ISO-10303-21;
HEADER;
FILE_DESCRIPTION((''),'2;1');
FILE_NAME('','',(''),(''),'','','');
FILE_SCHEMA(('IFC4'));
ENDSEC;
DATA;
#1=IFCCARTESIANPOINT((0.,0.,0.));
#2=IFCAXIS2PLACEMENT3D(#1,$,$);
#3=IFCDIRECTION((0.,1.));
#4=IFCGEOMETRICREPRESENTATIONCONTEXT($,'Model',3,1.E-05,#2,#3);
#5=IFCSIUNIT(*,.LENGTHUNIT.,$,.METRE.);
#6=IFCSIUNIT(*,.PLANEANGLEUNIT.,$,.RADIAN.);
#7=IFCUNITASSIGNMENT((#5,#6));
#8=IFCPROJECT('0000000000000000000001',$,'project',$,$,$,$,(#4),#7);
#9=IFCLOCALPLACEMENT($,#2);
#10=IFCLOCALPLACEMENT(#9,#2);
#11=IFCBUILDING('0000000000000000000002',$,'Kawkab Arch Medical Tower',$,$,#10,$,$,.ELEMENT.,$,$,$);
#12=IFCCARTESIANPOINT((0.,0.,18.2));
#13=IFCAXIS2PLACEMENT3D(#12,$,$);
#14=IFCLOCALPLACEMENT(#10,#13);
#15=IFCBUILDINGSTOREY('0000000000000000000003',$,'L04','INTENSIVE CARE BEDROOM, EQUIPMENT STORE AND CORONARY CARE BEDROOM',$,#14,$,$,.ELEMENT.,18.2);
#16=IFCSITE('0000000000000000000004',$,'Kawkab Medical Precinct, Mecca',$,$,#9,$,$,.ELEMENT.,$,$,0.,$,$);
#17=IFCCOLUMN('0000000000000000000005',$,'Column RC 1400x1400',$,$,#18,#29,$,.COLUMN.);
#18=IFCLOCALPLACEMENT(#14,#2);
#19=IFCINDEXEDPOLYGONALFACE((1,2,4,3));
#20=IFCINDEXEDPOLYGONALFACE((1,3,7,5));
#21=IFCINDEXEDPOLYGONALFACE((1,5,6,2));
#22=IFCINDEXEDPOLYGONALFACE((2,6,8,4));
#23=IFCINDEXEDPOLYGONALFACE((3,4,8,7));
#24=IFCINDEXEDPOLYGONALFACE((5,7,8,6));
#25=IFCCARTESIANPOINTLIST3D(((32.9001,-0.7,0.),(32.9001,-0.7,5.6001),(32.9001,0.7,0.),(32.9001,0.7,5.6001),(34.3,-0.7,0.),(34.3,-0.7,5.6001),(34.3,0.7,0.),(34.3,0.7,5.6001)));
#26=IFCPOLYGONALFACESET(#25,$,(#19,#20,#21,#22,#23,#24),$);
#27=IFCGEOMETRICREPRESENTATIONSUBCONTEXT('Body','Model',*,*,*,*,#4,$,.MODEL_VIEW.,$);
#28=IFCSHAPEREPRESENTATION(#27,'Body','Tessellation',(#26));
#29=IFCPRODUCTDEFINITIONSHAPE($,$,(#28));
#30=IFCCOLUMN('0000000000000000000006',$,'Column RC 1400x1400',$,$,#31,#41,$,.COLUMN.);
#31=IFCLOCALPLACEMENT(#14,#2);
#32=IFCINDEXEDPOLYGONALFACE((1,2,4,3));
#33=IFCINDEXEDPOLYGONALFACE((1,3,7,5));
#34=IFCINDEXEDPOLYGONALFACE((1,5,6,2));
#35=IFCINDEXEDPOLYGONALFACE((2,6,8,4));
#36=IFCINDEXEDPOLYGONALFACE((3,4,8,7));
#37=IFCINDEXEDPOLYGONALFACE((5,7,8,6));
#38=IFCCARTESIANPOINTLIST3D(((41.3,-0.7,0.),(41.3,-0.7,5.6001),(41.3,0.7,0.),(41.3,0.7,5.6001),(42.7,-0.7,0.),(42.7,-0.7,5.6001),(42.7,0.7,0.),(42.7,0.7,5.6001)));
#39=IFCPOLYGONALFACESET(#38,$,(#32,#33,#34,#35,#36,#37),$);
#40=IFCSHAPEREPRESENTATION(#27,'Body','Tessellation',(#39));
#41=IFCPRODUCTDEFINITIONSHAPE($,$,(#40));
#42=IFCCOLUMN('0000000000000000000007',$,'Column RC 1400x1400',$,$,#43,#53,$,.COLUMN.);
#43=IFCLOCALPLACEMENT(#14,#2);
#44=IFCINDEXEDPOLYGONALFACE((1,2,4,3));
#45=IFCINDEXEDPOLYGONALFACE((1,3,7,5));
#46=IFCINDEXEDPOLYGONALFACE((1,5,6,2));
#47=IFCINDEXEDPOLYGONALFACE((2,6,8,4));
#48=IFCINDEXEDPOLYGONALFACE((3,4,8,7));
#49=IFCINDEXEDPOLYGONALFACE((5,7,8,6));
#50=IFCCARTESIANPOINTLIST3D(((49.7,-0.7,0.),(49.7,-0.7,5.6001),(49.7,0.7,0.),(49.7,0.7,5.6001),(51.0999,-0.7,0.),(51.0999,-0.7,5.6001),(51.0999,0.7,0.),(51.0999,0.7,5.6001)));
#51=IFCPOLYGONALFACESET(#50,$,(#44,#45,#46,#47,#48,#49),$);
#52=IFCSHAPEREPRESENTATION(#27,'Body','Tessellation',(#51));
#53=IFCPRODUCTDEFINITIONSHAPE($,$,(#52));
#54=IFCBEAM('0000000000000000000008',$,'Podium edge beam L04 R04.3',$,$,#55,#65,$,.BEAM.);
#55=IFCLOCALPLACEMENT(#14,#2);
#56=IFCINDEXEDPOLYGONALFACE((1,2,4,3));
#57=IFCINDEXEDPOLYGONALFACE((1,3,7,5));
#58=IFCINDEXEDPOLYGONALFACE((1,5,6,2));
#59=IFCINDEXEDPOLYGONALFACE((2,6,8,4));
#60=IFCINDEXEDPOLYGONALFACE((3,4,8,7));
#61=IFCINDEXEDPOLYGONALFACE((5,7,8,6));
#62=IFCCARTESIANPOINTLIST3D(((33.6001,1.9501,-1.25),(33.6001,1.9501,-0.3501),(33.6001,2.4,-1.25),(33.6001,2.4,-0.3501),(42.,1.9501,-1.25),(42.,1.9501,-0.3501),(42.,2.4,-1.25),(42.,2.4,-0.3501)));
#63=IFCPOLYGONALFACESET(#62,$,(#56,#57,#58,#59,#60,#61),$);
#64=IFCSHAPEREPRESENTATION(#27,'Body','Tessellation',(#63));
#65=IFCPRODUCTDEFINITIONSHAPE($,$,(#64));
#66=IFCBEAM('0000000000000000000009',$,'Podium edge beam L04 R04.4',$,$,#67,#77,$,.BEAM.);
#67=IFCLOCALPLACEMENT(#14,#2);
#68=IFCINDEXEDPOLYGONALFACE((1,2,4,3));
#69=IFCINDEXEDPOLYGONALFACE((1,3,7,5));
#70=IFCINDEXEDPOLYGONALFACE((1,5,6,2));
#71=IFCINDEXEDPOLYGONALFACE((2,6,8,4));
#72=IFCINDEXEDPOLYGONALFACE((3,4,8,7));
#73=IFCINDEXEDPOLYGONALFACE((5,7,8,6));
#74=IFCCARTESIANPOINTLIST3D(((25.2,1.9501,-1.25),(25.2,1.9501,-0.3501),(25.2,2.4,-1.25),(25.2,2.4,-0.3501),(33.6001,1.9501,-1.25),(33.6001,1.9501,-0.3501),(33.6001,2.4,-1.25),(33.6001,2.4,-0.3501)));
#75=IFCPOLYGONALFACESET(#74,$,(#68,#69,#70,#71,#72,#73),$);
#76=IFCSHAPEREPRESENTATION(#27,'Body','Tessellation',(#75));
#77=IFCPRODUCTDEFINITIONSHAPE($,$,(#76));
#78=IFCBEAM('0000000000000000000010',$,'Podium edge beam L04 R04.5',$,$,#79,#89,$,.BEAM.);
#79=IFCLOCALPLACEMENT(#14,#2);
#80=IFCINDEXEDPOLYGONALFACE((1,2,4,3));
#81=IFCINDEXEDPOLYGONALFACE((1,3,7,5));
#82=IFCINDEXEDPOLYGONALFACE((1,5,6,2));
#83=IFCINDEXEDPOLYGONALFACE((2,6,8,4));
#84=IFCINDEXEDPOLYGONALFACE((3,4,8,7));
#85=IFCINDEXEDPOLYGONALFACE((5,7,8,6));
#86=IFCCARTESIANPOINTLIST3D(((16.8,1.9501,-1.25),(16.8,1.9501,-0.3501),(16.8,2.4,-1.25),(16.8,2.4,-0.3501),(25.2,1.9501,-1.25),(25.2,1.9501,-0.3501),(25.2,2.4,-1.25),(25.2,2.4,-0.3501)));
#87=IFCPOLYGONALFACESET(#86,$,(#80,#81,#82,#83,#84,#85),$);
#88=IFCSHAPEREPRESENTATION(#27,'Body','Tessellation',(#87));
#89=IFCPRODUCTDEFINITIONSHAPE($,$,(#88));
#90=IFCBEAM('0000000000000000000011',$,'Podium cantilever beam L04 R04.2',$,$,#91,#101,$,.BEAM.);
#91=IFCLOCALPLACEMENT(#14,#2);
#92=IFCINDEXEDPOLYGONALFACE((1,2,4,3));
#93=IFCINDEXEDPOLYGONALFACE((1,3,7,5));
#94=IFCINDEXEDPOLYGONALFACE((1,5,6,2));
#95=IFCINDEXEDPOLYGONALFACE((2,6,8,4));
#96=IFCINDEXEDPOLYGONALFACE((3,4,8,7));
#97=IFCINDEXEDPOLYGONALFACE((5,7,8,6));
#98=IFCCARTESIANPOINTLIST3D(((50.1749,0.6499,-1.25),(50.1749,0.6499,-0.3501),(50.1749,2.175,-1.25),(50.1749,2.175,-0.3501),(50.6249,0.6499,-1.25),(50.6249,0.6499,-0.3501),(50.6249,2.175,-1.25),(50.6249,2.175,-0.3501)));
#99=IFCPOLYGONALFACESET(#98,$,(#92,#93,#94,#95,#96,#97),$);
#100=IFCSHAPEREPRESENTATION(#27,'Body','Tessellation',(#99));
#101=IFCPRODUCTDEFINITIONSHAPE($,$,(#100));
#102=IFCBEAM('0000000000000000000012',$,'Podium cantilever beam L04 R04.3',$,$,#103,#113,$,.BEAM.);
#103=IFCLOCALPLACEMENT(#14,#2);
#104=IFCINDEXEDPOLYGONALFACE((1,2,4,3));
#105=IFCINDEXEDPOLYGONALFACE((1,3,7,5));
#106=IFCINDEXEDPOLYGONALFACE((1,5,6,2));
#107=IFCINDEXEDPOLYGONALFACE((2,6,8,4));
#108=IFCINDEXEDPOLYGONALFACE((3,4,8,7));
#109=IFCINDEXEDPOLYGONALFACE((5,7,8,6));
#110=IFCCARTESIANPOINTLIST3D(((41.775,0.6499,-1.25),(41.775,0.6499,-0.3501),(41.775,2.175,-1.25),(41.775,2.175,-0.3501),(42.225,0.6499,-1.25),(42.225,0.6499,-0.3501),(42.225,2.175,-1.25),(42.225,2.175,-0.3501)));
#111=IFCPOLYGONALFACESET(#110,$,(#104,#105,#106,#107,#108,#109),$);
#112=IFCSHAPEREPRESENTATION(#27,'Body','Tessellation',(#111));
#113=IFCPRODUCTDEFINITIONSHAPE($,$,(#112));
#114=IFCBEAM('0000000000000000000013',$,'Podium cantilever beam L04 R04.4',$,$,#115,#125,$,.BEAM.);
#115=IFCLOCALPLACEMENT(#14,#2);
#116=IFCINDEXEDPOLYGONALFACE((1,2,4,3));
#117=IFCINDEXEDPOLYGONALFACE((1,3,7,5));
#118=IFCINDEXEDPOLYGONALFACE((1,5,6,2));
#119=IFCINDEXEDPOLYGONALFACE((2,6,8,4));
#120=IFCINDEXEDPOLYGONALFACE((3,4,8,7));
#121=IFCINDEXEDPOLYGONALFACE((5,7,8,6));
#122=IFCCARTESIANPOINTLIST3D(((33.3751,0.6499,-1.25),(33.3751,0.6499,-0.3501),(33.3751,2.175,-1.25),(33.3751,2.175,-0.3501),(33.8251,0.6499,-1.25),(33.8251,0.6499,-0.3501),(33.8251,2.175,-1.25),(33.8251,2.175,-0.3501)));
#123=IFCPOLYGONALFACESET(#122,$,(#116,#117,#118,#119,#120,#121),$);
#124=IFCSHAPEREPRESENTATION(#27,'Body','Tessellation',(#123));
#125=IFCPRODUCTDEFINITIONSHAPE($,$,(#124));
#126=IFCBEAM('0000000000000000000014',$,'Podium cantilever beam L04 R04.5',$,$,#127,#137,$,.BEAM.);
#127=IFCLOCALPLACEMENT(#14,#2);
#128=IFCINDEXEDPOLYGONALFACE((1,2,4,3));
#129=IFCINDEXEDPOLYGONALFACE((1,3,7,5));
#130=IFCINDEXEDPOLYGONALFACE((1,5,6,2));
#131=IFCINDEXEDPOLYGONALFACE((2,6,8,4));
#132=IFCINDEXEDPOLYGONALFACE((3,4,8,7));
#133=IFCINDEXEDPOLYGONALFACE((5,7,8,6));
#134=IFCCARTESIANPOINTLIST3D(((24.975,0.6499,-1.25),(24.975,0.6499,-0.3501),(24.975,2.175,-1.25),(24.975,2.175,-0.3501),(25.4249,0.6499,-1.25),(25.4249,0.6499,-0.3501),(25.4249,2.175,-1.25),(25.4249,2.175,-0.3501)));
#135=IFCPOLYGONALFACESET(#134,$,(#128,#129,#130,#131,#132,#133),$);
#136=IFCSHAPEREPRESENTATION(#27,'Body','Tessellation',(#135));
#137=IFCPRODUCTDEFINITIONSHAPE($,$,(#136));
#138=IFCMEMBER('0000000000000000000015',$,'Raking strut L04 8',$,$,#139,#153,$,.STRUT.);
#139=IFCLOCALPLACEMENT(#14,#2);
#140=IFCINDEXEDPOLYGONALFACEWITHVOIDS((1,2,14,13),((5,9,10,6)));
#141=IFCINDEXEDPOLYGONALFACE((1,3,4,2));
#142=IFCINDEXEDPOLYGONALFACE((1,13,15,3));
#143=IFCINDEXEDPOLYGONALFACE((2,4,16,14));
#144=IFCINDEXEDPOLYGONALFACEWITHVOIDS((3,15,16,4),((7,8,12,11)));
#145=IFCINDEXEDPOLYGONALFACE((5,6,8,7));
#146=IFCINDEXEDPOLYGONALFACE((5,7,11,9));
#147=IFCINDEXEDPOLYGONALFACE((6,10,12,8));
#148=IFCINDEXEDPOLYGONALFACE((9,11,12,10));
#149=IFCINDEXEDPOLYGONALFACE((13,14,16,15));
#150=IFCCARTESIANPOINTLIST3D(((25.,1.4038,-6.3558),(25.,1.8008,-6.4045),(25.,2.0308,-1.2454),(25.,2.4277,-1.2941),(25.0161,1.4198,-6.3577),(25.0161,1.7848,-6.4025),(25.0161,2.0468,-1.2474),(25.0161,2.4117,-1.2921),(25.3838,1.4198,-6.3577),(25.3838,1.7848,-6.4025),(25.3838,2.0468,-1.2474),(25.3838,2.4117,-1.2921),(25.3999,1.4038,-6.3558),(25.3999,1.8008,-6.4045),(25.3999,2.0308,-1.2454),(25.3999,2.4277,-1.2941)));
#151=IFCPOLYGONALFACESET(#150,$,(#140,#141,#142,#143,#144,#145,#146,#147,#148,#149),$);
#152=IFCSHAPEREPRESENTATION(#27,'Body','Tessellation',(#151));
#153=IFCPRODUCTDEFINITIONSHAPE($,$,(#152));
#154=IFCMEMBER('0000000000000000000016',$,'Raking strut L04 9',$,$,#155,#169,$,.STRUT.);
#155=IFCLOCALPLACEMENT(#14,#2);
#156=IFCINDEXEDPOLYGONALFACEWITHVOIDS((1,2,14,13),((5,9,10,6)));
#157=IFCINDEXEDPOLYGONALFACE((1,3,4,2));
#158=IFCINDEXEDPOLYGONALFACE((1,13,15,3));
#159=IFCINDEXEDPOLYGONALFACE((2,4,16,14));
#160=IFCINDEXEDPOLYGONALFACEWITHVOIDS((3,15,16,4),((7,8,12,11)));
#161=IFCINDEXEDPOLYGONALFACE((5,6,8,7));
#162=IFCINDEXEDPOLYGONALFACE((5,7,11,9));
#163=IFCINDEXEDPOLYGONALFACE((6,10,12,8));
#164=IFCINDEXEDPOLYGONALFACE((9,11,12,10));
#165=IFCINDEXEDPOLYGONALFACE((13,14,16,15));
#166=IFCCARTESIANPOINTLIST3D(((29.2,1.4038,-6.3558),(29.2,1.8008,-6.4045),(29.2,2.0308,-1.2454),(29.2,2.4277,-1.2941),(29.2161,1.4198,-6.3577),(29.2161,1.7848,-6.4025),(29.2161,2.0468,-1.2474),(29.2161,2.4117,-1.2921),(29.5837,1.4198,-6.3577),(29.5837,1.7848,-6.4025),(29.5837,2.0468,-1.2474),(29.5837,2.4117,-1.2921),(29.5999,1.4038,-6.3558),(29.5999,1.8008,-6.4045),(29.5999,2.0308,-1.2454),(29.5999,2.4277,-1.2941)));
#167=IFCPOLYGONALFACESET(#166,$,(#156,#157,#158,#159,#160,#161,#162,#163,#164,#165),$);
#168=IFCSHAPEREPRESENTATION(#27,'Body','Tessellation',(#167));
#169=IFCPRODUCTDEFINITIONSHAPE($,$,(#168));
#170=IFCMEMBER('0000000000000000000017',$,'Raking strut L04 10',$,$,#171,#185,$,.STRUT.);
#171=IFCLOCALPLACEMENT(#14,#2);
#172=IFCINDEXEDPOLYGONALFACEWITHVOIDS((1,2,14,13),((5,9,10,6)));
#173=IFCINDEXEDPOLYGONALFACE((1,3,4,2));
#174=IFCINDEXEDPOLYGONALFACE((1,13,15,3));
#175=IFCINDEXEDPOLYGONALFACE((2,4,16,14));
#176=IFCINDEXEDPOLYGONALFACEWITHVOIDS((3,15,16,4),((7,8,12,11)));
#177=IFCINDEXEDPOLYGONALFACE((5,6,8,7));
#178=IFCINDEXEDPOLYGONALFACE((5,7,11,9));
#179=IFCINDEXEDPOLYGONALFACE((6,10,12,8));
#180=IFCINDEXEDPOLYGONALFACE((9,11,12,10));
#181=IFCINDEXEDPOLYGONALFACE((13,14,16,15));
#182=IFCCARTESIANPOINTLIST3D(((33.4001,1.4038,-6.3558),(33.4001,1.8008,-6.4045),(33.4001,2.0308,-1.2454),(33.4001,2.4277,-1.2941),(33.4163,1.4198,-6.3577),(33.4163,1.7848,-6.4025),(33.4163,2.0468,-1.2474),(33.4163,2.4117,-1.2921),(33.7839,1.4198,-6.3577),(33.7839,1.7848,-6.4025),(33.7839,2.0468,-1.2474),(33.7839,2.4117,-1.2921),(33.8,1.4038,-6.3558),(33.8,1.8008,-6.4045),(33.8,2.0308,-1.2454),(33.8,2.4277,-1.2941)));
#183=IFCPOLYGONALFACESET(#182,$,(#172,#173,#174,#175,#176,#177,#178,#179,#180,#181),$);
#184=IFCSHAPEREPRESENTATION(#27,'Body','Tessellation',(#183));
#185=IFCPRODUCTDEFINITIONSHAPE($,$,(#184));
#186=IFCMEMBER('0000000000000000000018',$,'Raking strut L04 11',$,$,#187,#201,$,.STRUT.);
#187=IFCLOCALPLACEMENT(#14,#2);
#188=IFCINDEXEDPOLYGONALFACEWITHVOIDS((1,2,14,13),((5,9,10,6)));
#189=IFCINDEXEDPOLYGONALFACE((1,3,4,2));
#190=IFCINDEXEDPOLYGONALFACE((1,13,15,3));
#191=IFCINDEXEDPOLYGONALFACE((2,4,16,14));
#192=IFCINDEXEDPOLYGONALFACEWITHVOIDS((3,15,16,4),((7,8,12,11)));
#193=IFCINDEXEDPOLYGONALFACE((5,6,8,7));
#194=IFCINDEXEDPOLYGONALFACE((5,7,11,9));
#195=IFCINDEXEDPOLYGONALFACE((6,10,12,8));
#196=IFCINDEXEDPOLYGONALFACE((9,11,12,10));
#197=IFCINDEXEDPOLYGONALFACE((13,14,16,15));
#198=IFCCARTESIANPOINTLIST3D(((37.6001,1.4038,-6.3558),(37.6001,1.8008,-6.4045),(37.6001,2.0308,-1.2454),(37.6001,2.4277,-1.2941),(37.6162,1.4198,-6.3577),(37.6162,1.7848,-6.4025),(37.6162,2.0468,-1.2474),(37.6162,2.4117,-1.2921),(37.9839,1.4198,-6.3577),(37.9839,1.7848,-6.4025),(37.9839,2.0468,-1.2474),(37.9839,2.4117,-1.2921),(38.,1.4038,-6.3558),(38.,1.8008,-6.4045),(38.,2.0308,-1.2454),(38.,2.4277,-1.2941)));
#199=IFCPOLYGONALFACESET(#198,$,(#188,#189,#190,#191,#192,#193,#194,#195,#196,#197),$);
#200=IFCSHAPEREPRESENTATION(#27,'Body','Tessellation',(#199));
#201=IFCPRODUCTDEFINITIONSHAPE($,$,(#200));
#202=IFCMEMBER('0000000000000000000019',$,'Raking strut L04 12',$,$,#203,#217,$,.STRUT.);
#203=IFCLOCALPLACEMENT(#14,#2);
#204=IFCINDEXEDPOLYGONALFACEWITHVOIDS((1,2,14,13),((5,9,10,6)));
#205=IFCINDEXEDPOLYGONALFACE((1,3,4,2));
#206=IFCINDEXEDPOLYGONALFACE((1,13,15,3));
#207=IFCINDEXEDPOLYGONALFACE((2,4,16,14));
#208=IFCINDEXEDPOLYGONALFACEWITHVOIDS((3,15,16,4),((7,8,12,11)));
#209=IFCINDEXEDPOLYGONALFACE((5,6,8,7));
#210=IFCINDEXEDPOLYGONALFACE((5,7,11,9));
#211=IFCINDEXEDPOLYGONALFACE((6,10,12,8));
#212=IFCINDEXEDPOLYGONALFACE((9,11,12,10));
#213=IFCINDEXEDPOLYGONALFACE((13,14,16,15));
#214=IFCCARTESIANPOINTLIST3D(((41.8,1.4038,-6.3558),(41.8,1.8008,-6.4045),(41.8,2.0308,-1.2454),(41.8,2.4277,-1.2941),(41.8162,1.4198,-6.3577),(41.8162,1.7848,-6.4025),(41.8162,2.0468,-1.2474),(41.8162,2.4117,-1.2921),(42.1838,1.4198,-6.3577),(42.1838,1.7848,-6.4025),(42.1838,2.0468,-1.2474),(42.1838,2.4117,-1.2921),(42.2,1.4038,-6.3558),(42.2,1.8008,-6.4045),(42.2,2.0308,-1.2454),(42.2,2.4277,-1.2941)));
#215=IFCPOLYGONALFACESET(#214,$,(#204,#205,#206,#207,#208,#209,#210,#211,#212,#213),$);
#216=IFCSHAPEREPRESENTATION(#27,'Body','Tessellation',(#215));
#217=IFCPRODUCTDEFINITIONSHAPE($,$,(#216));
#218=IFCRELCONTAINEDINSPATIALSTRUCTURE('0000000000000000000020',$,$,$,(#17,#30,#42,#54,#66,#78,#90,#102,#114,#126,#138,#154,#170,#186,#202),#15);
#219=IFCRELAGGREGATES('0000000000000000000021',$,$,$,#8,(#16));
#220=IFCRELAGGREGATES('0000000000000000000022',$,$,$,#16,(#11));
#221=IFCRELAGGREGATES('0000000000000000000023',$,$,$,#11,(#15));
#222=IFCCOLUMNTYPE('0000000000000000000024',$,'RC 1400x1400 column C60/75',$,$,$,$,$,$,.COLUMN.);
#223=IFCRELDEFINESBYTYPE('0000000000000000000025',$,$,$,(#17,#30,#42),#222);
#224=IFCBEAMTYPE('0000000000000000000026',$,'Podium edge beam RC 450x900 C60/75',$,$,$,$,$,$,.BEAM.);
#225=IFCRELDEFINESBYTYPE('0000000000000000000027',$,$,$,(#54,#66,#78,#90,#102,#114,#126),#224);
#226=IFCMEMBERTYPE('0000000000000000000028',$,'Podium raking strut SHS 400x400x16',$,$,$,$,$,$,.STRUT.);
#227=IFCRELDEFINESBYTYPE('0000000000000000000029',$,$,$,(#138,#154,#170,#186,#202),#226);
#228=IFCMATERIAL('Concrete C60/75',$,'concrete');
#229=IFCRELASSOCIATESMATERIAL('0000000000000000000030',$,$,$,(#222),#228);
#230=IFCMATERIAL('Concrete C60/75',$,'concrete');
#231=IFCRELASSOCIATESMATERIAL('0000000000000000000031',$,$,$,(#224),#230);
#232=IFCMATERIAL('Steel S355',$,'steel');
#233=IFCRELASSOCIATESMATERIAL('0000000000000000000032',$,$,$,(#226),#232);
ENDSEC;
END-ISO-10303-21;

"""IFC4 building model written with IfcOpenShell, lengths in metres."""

from ifc_helpers import new_model, si_unit, direction, frame, origin, origin_2d, place, context, subcontext, project, spatial, rectangle, hollow_rectangle, extrude, material, material_profile, profile_set, type_object, element, save


model = new_model("IFC4")

# Units and contexts
model_context = context("Model", 3, precision=1e-05, world=origin(), true_north=direction((0.0, 1.0)))
body_context = subcontext(model_context, "Body", "Model", "MODEL_VIEW")
ifc_project = project(units=[si_unit("LENGTHUNIT", "METRE"), si_unit("PLANEANGLEUNIT", "RADIAN")], contexts=[model_context])

# Site, building, storey
site_placement = place(None, origin())
site = spatial("IfcSite", under=ifc_project, at=site_placement, Name="Kawkab Medical Precinct, Mecca", CompositionType="ELEMENT", RefElevation=0.0)
building_placement = place(site_placement, origin())
building = spatial("IfcBuilding", under=site, at=building_placement, Name="Kawkab Arch Medical Tower", CompositionType="ELEMENT")
storey_placement = place(building_placement, frame((0.0, 0.0, 18.2)))
storey = spatial("IfcBuildingStorey", under=building, at=storey_placement, Name="L04", Description="INTENSIVE CARE BEDROOM, EQUIPMENT STORE AND CORONARY CARE BEDROOM", CompositionType="ELEMENT", Elevation=18.2)

# Columns
ifc_material_1 = material(Name="Concrete C60/75", Category="concrete")
ifc_material_profile_1 = material_profile(ifc_material_1, rectangle(XDim=1.3999, YDim=1.3999, at=origin_2d()), Name="RC 1400x1400")
ifc_profile_set_1 = profile_set([ifc_material_profile_1], Name="Concrete C60/75")
column_type = type_object("IfcColumnType", Name="RC 1400x1400 column C60/75", PredefinedType="COLUMN", material=ifc_profile_set_1)
for number, where, z_axis, x_axis, name in (
    (1, (33.6001, 0.0, 0.0), (0.0, 0.0, 1.0), (1.0, 0.0, 0.0), "Column RC 1400x1400"),
    (2, (42.0, 0.0, 0.0), (0.0, 0.0, 1.0), (1.0, 0.0, 0.0), "Column RC 1400x1400"),
    (3, (50.3999, 0.0, 0.0), (0.0, 0.0, 1.0), (1.0, 0.0, 0.0), "Column RC 1400x1400"),
):
    element("IfcColumn", number, at=place(storey_placement, frame(where, z_axis=z_axis, x_axis=x_axis)), inside=storey, type_object=column_type, Name=name, PredefinedType="COLUMN", context=body_context, shape_type="SweptSolid", body=[
        extrude(rectangle(XDim=1.3999, YDim=1.3999, at=origin_2d()), origin(), (0.0, 0.0, 1.0), 5.6001),
    ])

# Beams
ifc_material_2 = material(Name="Concrete C60/75", Category="concrete")
ifc_material_profile_2 = material_profile(ifc_material_2, rectangle(XDim=0.45, YDim=0.8999, at=origin_2d()), Name="RC 450x900")
ifc_profile_set_2 = profile_set([ifc_material_profile_2], Name="Concrete C60/75")
beam_type_1 = type_object("IfcBeamType", Name="Podium edge beam RC 450x900 C60/75", PredefinedType="BEAM", material=ifc_profile_set_2)
beam_1_placement = place(storey_placement, frame((42.0, 2.175, -0.8), z_axis=(-1.0, 0.0, 0.0), x_axis=(0.0, -1.0, 0.0)))
element("IfcBeam", 4, at=beam_1_placement, inside=storey, type_object=beam_type_1, Name="Podium edge beam L04 R04.3", PredefinedType="BEAM", context=body_context, shape_type="SweptSolid", body=[
    extrude(rectangle(XDim=0.45, YDim=0.8999, at=origin_2d()), origin(), (0.0, 0.0, 1.0), 8.3999),
])
beam_2_placement = place(storey_placement, frame((33.6001, 2.175, -0.8), z_axis=(-1.0, 0.0, 0.0), x_axis=(0.0, -1.0, 0.0)))
element("IfcBeam", 5, at=beam_2_placement, inside=storey, type_object=beam_type_1, Name="Podium edge beam L04 R04.4", PredefinedType="BEAM", context=body_context, shape_type="SweptSolid", body=[
    extrude(rectangle(XDim=0.45, YDim=0.8999, at=origin_2d()), origin(), (0.0, 0.0, 1.0), 8.4001),
])
beam_3_placement = place(storey_placement, frame((25.2, 2.175, -0.8), z_axis=(-1.0, 0.0, 0.0), x_axis=(0.0, -1.0, 0.0)))
element("IfcBeam", 6, at=beam_3_placement, inside=storey, type_object=beam_type_1, Name="Podium edge beam L04 R04.5", PredefinedType="BEAM", context=body_context, shape_type="SweptSolid", body=[
    extrude(rectangle(XDim=0.45, YDim=0.8999, at=origin_2d()), origin(), (0.0, 0.0, 1.0), 8.3999),
])
for number, where, z_axis, x_axis, name in (
    (7, (50.3999, 0.6499, -0.8), (0.0, 1.0, 0.0), (-1.0, 0.0, 0.0), "Podium cantilever beam L04 R04.2"),
    (8, (42.0, 0.6499, -0.8), (0.0, 1.0, 0.0), (-1.0, 0.0, 0.0), "Podium cantilever beam L04 R04.3"),
    (9, (33.6001, 0.6499, -0.8), (0.0, 1.0, 0.0), (-1.0, 0.0, 0.0), "Podium cantilever beam L04 R04.4"),
    (10, (25.2, 0.6499, -0.8), (0.0, 1.0, 0.0), (-1.0, 0.0, 0.0), "Podium cantilever beam L04 R04.5"),
):
    element("IfcBeam", number, at=place(storey_placement, frame(where, z_axis=z_axis, x_axis=x_axis)), inside=storey, type_object=beam_type_1, Name=name, PredefinedType="BEAM", context=body_context, shape_type="SweptSolid", body=[
        extrude(rectangle(XDim=0.45, YDim=0.8999, at=origin_2d()), origin(), (0.0, 0.0, 1.0), 1.5251),
    ])

# Members
ifc_material_3 = material(Name="Steel S355", Category="steel")
ifc_material_profile_3 = material_profile(ifc_material_3, hollow_rectangle(XDim=0.3999, YDim=0.3999, WallThickness=0.0161, at=origin_2d()), Name="SHS 400x400x16")
ifc_profile_set_3 = profile_set([ifc_material_profile_3], Name="Steel S355")
member_type = type_object("IfcMemberType", Name="Podium raking strut SHS 400x400x16", PredefinedType="STRUT", material=ifc_profile_set_3)
for number, where, z_axis, x_axis, name in (
    (11, (25.2, 1.6023, -6.3801), (0.0, 0.12177, 0.992558), (-1.0, 0.0, 0.0), "Raking strut L04 8"),
    (12, (29.3999, 1.6023, -6.3801), (0.0, 0.12177, 0.992558), (-1.0, 0.0, 0.0), "Raking strut L04 9"),
    (13, (33.6001, 1.6023, -6.3801), (0.0, 0.12177, 0.992558), (-1.0, 0.0, 0.0), "Raking strut L04 10"),
    (14, (37.8, 1.6023, -6.3801), (0.0, 0.12177, 0.992558), (-1.0, 0.0, 0.0), "Raking strut L04 11"),
    (15, (42.0, 1.6023, -6.3801), (0.0, 0.12177, 0.992558), (-1.0, 0.0, 0.0), "Raking strut L04 12"),
):
    element("IfcMember", number, at=place(storey_placement, frame(where, z_axis=z_axis, x_axis=x_axis)), inside=storey, type_object=member_type, Name=name, PredefinedType="STRUT", context=body_context, shape_type="SweptSolid", body=[
        extrude(hollow_rectangle(XDim=0.3999, YDim=0.3999, WallThickness=0.0161, at=origin_2d()), origin(), (0.0, 0.0, 1.0), 5.1487),
    ])

save(model, "model.ifc")
